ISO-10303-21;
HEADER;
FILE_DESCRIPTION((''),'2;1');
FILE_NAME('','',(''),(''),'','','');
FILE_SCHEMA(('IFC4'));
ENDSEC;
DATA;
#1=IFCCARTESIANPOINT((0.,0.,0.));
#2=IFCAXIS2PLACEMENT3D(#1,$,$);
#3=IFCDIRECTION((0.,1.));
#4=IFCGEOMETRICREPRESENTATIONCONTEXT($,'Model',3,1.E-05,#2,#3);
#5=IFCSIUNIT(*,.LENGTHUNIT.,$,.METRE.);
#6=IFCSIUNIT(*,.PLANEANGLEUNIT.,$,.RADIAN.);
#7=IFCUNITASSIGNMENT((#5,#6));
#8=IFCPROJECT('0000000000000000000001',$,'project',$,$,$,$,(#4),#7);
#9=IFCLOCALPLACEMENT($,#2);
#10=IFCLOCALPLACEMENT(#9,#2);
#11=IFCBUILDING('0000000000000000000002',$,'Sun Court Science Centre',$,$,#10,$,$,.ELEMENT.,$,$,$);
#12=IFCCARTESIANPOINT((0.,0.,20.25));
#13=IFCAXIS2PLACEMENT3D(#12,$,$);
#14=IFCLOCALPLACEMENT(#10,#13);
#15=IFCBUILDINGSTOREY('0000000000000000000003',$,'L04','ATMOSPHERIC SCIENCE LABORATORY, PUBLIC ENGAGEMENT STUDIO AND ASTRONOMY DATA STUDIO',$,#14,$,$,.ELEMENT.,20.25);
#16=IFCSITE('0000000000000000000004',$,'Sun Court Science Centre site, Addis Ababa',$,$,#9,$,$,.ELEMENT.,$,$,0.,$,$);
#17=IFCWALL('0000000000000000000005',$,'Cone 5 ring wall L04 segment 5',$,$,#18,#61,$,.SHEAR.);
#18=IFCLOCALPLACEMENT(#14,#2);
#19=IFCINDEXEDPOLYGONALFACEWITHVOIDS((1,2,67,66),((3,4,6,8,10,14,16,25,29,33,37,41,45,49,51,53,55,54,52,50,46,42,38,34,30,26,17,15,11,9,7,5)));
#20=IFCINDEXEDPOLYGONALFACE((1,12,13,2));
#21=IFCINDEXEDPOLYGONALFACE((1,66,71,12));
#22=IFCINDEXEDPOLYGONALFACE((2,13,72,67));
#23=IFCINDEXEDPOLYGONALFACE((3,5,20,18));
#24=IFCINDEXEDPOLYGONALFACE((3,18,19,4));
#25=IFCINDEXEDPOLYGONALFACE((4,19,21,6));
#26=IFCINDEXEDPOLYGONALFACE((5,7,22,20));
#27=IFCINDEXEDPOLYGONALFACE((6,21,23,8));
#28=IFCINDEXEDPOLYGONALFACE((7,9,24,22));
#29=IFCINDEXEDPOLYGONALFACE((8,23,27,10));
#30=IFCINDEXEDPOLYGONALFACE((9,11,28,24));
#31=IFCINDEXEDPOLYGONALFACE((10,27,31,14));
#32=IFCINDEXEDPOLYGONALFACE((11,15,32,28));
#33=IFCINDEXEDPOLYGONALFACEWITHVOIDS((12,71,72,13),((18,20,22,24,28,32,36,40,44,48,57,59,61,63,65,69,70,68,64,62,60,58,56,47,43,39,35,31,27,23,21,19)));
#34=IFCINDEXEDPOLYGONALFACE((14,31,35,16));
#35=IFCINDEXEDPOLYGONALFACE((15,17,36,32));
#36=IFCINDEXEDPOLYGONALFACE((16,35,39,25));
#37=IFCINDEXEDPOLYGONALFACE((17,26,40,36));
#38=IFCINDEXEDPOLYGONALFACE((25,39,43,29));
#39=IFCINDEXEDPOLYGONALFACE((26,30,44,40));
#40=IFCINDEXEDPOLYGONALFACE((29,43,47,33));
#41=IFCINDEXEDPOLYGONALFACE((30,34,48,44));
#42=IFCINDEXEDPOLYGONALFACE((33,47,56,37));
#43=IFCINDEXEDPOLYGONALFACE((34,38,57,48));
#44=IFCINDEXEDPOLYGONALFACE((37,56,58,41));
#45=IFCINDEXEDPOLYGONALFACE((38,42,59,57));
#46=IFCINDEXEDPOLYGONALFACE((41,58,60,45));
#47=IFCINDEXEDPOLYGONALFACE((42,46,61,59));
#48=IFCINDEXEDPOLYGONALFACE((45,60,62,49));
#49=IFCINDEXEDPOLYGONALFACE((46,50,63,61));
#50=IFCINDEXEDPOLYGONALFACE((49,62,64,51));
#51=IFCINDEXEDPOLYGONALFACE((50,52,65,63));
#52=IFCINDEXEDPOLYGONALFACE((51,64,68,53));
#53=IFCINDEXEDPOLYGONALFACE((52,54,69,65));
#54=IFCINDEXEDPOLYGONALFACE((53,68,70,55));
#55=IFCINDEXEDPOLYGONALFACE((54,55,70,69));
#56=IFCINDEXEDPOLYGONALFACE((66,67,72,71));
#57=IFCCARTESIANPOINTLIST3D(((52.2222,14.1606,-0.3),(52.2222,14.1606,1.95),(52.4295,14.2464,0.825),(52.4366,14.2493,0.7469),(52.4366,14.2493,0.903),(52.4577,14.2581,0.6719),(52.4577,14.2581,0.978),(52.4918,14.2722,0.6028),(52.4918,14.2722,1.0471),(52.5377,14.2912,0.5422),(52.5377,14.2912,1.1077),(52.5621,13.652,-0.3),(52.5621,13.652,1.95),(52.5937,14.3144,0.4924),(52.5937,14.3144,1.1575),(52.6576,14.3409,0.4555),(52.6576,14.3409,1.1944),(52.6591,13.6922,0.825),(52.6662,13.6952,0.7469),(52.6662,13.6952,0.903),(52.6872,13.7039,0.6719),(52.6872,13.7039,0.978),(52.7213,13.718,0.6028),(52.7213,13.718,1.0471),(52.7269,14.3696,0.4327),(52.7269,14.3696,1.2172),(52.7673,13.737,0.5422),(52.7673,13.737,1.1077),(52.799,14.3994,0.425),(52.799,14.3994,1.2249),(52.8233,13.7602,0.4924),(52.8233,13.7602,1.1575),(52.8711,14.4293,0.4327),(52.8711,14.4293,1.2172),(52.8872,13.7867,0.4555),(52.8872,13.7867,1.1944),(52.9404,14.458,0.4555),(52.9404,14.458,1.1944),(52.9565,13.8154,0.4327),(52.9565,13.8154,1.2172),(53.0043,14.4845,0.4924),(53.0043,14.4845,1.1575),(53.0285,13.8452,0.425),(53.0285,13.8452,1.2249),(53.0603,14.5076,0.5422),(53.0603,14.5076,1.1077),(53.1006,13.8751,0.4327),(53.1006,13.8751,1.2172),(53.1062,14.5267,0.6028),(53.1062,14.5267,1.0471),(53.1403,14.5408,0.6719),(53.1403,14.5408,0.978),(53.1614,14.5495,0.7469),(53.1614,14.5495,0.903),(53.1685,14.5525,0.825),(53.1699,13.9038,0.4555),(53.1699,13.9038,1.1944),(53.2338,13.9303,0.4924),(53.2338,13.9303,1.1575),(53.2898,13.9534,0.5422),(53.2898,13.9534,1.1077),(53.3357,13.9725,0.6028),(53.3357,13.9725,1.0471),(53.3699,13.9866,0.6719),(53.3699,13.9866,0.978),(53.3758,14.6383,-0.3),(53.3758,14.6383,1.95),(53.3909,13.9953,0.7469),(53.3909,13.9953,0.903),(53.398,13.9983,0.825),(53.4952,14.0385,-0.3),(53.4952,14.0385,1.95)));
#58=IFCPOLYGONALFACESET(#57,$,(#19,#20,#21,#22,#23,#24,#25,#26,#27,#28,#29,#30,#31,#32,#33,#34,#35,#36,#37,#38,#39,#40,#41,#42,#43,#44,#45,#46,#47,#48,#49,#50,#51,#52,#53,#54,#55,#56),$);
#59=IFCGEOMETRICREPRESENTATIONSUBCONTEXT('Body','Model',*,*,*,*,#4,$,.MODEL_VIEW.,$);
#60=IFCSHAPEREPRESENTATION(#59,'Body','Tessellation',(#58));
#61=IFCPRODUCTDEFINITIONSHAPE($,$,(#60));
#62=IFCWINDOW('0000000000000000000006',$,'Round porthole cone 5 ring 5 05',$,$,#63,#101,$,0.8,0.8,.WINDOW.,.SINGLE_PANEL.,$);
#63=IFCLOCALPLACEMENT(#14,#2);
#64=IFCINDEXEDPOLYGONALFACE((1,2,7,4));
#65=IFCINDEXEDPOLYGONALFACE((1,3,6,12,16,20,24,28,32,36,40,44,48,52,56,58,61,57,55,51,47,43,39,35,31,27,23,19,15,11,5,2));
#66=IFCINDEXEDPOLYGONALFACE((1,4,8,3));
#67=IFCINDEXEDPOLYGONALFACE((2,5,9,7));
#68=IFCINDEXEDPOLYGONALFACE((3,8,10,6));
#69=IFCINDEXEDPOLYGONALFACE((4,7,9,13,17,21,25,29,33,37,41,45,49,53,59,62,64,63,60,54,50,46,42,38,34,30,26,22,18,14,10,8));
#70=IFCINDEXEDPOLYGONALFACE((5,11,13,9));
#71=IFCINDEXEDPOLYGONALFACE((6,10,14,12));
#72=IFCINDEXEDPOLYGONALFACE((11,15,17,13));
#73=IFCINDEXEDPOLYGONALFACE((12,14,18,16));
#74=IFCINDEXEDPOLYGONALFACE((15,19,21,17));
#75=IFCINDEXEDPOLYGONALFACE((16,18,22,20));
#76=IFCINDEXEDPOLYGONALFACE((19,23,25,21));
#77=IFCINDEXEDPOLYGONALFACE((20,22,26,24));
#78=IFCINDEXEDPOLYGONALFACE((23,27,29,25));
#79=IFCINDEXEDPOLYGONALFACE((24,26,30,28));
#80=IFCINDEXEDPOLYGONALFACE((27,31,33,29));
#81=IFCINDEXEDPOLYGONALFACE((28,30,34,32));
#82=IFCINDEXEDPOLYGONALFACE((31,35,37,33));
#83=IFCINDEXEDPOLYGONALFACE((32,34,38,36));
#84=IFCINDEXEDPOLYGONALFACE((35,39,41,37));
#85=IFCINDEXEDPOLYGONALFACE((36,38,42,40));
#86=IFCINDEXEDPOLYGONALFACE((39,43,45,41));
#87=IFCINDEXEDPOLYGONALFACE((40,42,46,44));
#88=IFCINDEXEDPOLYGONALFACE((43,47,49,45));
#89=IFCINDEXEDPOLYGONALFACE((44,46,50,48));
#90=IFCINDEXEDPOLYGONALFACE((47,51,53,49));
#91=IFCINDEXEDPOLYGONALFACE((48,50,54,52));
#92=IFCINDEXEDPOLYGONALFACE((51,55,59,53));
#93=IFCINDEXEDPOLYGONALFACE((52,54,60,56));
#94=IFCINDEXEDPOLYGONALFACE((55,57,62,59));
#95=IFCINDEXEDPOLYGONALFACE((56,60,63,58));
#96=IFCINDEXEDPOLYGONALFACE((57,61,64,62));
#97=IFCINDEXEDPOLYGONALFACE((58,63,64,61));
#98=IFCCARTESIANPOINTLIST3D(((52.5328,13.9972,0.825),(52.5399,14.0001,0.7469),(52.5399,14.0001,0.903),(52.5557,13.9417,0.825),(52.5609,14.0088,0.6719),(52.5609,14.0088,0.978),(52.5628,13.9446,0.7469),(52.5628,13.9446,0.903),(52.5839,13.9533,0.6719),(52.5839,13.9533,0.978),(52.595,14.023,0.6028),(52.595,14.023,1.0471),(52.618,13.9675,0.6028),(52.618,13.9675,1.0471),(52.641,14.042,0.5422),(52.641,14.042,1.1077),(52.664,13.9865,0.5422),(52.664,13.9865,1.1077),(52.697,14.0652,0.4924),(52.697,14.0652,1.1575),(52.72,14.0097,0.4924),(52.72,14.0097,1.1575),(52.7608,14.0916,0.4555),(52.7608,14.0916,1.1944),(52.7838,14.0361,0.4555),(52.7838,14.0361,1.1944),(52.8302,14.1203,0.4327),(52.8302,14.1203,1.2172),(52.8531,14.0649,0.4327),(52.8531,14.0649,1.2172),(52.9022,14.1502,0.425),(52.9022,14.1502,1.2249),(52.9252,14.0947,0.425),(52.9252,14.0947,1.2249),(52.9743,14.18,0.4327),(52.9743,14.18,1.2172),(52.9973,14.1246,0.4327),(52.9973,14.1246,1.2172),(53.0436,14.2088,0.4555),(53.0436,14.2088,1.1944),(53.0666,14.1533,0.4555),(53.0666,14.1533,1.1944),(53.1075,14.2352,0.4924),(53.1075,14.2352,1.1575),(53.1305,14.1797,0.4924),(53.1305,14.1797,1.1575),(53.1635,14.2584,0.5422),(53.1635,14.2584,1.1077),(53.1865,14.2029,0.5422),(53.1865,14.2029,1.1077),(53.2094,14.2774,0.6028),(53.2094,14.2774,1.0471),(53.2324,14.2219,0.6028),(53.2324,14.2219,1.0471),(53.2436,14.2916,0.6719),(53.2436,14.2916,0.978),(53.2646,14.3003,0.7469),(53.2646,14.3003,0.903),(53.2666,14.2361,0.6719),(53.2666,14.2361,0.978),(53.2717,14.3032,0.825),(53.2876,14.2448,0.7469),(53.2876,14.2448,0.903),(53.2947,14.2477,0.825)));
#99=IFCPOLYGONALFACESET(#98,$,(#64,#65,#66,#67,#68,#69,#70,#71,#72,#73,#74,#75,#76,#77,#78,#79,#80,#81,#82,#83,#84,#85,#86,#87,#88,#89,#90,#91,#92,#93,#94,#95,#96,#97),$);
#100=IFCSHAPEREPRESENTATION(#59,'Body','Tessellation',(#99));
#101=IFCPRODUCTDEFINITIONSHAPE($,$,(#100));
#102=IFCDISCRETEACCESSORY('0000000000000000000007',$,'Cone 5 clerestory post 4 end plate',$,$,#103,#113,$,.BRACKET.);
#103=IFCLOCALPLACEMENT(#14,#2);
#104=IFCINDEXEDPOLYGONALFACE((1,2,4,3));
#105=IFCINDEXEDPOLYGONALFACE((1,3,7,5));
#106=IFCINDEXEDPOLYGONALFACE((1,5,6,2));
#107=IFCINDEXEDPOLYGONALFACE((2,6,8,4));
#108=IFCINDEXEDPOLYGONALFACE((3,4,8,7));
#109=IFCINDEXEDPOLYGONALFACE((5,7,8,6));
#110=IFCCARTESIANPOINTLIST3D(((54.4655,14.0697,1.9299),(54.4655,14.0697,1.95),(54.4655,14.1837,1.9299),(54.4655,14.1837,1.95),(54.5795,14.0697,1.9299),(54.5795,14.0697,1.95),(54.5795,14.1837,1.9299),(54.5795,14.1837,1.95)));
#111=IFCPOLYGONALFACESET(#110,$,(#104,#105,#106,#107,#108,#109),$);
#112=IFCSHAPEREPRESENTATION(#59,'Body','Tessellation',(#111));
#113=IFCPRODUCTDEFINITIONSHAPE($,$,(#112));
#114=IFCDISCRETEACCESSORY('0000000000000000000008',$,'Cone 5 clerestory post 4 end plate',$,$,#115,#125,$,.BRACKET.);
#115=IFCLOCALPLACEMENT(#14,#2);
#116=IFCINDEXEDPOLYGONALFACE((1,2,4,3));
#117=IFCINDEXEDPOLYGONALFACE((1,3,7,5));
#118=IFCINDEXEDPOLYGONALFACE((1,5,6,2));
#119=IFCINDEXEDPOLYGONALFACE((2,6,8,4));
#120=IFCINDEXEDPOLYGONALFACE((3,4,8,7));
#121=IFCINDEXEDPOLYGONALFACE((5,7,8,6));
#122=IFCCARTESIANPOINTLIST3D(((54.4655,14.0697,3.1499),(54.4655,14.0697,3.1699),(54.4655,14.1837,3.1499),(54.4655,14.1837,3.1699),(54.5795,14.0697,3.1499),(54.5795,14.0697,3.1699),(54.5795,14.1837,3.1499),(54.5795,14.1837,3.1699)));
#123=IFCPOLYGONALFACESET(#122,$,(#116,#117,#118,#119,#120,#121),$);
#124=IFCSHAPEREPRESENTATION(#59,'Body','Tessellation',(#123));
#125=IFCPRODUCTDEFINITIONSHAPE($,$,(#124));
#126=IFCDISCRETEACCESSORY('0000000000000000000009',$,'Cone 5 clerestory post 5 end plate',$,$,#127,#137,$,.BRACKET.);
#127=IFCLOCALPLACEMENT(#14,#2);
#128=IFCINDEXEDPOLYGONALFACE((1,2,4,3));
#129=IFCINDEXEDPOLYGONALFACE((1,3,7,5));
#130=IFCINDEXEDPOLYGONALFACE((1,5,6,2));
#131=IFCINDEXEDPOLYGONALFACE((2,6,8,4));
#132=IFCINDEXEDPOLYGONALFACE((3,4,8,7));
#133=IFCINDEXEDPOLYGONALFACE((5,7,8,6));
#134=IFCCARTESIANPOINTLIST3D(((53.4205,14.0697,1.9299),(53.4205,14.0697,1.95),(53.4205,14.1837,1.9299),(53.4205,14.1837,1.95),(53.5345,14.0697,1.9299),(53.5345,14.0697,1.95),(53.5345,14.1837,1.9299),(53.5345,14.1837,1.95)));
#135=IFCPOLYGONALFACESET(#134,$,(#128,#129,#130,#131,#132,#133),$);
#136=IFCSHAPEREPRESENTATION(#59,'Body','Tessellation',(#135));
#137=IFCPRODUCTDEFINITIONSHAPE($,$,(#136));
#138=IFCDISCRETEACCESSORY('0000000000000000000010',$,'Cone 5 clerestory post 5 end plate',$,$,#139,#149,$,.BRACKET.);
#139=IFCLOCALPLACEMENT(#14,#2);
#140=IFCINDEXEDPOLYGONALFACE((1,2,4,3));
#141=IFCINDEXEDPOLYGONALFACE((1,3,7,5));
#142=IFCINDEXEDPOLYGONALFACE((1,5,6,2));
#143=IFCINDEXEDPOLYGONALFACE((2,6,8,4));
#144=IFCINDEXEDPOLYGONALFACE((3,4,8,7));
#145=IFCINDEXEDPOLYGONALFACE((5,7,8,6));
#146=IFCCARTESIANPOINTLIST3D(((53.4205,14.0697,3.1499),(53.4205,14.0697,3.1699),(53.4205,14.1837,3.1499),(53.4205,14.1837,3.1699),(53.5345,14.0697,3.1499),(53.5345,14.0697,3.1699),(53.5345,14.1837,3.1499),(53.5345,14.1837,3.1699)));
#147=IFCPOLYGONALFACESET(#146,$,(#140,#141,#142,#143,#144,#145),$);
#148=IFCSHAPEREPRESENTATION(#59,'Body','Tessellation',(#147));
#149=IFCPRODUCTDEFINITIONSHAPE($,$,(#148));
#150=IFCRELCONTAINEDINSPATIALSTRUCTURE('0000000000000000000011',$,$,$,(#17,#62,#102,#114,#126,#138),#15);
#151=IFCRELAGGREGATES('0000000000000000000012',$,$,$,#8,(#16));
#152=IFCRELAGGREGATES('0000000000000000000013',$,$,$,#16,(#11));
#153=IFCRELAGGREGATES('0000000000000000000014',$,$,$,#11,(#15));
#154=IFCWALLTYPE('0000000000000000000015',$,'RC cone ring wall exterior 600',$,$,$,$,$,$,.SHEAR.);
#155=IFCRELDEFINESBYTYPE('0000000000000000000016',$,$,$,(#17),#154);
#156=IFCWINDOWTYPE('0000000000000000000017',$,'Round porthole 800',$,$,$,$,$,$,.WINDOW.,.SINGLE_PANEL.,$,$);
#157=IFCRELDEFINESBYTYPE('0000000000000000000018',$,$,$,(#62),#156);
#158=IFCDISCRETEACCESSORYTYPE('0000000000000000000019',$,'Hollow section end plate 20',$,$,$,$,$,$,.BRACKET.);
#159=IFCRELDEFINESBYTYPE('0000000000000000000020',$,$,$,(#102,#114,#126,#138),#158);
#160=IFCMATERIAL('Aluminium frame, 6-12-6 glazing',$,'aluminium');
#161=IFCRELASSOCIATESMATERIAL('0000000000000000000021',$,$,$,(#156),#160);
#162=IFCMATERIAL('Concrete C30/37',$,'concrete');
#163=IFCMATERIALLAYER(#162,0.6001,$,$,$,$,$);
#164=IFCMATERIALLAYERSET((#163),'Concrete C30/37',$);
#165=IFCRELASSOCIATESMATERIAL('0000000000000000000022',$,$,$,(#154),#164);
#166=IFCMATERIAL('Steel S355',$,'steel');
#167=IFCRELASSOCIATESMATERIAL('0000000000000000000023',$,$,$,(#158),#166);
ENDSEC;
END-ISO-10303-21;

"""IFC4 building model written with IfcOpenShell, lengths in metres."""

from ifc_helpers import new_model, si_unit, direction, frame, frame_2d, origin, origin_2d, place, context, subcontext, project, spatial, polyline, rectangle, circle, outline, extrude, material, layer, layer_set, type_object, element, fill, save


model = new_model("IFC4")

# Units and contexts
model_context = context("Model", 3, precision=1e-05, world=origin(), true_north=direction((0.0, 1.0)))
body_context = subcontext(model_context, "Body", "Model", "MODEL_VIEW")
ifc_project = project(units=[si_unit("LENGTHUNIT", "METRE"), si_unit("PLANEANGLEUNIT", "RADIAN")], contexts=[model_context])

# Site, building, storey
site_placement = place(None, origin())
site = spatial("IfcSite", under=ifc_project, at=site_placement, Name="Sun Court Science Centre site, Addis Ababa", CompositionType="ELEMENT", RefElevation=0.0)
building_placement = place(site_placement, origin())
building = spatial("IfcBuilding", under=site, at=building_placement, Name="Sun Court Science Centre", CompositionType="ELEMENT")
storey_placement = place(building_placement, frame((0.0, 0.0, 20.25)))
storey = spatial("IfcBuildingStorey", under=building, at=storey_placement, Name="L04", Description="ATMOSPHERIC SCIENCE LABORATORY, PUBLIC ENGAGEMENT STUDIO AND ASTRONOMY DATA STUDIO", CompositionType="ELEMENT", Elevation=20.25)

# Shared definitions
ifc_material_1 = material(Name="Aluminium frame, 6-12-6 glazing", Category="aluminium")
window_type = type_object("IfcWindowType", Name="Round porthole 800", PartitioningType="SINGLE_PANEL", PredefinedType="WINDOW", material=ifc_material_1)

# Shared definitions
ifc_material_2 = material(Name="Concrete C30/37", Category="concrete")
ifc_layer_1 = layer(ifc_material_2, 0.6001)
ifc_layer_set_1 = layer_set([ifc_layer_1], Name="Concrete C30/37")
wall_type_1 = type_object("IfcWallType", Name="RC cone ring wall exterior 600", PredefinedType="SHEAR", material=ifc_layer_set_1)

# Wall, opening, window
wall_1_placement = place(storey_placement, frame((53.4905, 14.3613, -0.3), z_axis=(0.0, 0.0, 1.0), x_axis=(-0.923891, -0.382657, 0.0)))
wall_1 = element("IfcWall", 1, at=wall_1_placement, inside=storey, type_object=wall_type_1, Name="Cone 5 ring wall L04 segment 5", PredefinedType="SHEAR", context=body_context, shape_type="SweptSolid", body=[
    extrude(outline(polyline([(0.0, -0.2998), (1.2485, -0.2998), (1.1292, 0.3), (0.1191, 0.3), (0.0, -0.2998)])), origin(), (0.0, 0.0, 1.0), 2.25),
])
opening_1_placement = place(wall_1_placement, frame((0.2244, 0.0, 0.7251)))
opening_1 = element("IfcOpeningElement", 2, at=opening_1_placement, cuts=wall_1, PredefinedType="OPENING", context=body_context, shape_type="SweptSolid", body=[
    extrude(circle(Radius=0.3999, at=frame_2d((0.3999, 0.3999))), frame((0.0, 0.3101, 0.0), z_axis=(0.0, -1.0, 0.0), x_axis=(1.0, 0.0, 0.0)), (0.0, 0.0, 1.0), 0.6201),
])
window_1_placement = place(opening_1_placement, origin())
window_1 = element("IfcWindow", 3, at=window_1_placement, inside=storey, type_object=window_type, Name="Round porthole cone 5 ring 5 05", OverallHeight=0.8, OverallWidth=0.8, PartitioningType="SINGLE_PANEL", PredefinedType="WINDOW", context=body_context, shape_type="SweptSolid", body=[
    extrude(circle(Radius=0.3999, at=frame_2d((0.3999, 0.3999))), frame((0.0, 0.03, 0.0), z_axis=(0.0, -1.0, 0.0), x_axis=(1.0, 0.0, 0.0)), (0.0, 0.0, 1.0), 0.0601),
])
fill(opening_1, window_1)

# Discrete accessories
ifc_material_3 = material(Name="Steel S355", Category="steel")
discrete_accessory_type = type_object("IfcDiscreteAccessoryType", Name="Hollow section end plate 20", PredefinedType="BRACKET", material=ifc_material_3)
for number, where, z_axis, x_axis, name in (
    (4, (54.5225, 14.1267, 1.9299), (0.0, 0.0, 1.0), (1.0, 0.0, 0.0), "Cone 5 clerestory post 4 end plate"),
    (5, (54.5225, 14.1267, 3.1499), (0.0, 0.0, 1.0), (1.0, 0.0, 0.0), "Cone 5 clerestory post 4 end plate"),
    (6, (53.4775, 14.1267, 1.9299), (0.0, 0.0, 1.0), (1.0, 0.0, 0.0), "Cone 5 clerestory post 5 end plate"),
    (7, (53.4775, 14.1267, 3.1499), (0.0, 0.0, 1.0), (1.0, 0.0, 0.0), "Cone 5 clerestory post 5 end plate"),
):
    element("IfcDiscreteAccessory", number, at=place(storey_placement, frame(where, z_axis=z_axis, x_axis=x_axis)), inside=storey, type_object=discrete_accessory_type, Name=name, PredefinedType="BRACKET", context=body_context, shape_type="SweptSolid", body=[
        extrude(rectangle(XDim=0.114, YDim=0.114, at=origin_2d()), origin(), (0.0, 0.0, 1.0), 0.02),
    ])

save(model, "model.ifc")
